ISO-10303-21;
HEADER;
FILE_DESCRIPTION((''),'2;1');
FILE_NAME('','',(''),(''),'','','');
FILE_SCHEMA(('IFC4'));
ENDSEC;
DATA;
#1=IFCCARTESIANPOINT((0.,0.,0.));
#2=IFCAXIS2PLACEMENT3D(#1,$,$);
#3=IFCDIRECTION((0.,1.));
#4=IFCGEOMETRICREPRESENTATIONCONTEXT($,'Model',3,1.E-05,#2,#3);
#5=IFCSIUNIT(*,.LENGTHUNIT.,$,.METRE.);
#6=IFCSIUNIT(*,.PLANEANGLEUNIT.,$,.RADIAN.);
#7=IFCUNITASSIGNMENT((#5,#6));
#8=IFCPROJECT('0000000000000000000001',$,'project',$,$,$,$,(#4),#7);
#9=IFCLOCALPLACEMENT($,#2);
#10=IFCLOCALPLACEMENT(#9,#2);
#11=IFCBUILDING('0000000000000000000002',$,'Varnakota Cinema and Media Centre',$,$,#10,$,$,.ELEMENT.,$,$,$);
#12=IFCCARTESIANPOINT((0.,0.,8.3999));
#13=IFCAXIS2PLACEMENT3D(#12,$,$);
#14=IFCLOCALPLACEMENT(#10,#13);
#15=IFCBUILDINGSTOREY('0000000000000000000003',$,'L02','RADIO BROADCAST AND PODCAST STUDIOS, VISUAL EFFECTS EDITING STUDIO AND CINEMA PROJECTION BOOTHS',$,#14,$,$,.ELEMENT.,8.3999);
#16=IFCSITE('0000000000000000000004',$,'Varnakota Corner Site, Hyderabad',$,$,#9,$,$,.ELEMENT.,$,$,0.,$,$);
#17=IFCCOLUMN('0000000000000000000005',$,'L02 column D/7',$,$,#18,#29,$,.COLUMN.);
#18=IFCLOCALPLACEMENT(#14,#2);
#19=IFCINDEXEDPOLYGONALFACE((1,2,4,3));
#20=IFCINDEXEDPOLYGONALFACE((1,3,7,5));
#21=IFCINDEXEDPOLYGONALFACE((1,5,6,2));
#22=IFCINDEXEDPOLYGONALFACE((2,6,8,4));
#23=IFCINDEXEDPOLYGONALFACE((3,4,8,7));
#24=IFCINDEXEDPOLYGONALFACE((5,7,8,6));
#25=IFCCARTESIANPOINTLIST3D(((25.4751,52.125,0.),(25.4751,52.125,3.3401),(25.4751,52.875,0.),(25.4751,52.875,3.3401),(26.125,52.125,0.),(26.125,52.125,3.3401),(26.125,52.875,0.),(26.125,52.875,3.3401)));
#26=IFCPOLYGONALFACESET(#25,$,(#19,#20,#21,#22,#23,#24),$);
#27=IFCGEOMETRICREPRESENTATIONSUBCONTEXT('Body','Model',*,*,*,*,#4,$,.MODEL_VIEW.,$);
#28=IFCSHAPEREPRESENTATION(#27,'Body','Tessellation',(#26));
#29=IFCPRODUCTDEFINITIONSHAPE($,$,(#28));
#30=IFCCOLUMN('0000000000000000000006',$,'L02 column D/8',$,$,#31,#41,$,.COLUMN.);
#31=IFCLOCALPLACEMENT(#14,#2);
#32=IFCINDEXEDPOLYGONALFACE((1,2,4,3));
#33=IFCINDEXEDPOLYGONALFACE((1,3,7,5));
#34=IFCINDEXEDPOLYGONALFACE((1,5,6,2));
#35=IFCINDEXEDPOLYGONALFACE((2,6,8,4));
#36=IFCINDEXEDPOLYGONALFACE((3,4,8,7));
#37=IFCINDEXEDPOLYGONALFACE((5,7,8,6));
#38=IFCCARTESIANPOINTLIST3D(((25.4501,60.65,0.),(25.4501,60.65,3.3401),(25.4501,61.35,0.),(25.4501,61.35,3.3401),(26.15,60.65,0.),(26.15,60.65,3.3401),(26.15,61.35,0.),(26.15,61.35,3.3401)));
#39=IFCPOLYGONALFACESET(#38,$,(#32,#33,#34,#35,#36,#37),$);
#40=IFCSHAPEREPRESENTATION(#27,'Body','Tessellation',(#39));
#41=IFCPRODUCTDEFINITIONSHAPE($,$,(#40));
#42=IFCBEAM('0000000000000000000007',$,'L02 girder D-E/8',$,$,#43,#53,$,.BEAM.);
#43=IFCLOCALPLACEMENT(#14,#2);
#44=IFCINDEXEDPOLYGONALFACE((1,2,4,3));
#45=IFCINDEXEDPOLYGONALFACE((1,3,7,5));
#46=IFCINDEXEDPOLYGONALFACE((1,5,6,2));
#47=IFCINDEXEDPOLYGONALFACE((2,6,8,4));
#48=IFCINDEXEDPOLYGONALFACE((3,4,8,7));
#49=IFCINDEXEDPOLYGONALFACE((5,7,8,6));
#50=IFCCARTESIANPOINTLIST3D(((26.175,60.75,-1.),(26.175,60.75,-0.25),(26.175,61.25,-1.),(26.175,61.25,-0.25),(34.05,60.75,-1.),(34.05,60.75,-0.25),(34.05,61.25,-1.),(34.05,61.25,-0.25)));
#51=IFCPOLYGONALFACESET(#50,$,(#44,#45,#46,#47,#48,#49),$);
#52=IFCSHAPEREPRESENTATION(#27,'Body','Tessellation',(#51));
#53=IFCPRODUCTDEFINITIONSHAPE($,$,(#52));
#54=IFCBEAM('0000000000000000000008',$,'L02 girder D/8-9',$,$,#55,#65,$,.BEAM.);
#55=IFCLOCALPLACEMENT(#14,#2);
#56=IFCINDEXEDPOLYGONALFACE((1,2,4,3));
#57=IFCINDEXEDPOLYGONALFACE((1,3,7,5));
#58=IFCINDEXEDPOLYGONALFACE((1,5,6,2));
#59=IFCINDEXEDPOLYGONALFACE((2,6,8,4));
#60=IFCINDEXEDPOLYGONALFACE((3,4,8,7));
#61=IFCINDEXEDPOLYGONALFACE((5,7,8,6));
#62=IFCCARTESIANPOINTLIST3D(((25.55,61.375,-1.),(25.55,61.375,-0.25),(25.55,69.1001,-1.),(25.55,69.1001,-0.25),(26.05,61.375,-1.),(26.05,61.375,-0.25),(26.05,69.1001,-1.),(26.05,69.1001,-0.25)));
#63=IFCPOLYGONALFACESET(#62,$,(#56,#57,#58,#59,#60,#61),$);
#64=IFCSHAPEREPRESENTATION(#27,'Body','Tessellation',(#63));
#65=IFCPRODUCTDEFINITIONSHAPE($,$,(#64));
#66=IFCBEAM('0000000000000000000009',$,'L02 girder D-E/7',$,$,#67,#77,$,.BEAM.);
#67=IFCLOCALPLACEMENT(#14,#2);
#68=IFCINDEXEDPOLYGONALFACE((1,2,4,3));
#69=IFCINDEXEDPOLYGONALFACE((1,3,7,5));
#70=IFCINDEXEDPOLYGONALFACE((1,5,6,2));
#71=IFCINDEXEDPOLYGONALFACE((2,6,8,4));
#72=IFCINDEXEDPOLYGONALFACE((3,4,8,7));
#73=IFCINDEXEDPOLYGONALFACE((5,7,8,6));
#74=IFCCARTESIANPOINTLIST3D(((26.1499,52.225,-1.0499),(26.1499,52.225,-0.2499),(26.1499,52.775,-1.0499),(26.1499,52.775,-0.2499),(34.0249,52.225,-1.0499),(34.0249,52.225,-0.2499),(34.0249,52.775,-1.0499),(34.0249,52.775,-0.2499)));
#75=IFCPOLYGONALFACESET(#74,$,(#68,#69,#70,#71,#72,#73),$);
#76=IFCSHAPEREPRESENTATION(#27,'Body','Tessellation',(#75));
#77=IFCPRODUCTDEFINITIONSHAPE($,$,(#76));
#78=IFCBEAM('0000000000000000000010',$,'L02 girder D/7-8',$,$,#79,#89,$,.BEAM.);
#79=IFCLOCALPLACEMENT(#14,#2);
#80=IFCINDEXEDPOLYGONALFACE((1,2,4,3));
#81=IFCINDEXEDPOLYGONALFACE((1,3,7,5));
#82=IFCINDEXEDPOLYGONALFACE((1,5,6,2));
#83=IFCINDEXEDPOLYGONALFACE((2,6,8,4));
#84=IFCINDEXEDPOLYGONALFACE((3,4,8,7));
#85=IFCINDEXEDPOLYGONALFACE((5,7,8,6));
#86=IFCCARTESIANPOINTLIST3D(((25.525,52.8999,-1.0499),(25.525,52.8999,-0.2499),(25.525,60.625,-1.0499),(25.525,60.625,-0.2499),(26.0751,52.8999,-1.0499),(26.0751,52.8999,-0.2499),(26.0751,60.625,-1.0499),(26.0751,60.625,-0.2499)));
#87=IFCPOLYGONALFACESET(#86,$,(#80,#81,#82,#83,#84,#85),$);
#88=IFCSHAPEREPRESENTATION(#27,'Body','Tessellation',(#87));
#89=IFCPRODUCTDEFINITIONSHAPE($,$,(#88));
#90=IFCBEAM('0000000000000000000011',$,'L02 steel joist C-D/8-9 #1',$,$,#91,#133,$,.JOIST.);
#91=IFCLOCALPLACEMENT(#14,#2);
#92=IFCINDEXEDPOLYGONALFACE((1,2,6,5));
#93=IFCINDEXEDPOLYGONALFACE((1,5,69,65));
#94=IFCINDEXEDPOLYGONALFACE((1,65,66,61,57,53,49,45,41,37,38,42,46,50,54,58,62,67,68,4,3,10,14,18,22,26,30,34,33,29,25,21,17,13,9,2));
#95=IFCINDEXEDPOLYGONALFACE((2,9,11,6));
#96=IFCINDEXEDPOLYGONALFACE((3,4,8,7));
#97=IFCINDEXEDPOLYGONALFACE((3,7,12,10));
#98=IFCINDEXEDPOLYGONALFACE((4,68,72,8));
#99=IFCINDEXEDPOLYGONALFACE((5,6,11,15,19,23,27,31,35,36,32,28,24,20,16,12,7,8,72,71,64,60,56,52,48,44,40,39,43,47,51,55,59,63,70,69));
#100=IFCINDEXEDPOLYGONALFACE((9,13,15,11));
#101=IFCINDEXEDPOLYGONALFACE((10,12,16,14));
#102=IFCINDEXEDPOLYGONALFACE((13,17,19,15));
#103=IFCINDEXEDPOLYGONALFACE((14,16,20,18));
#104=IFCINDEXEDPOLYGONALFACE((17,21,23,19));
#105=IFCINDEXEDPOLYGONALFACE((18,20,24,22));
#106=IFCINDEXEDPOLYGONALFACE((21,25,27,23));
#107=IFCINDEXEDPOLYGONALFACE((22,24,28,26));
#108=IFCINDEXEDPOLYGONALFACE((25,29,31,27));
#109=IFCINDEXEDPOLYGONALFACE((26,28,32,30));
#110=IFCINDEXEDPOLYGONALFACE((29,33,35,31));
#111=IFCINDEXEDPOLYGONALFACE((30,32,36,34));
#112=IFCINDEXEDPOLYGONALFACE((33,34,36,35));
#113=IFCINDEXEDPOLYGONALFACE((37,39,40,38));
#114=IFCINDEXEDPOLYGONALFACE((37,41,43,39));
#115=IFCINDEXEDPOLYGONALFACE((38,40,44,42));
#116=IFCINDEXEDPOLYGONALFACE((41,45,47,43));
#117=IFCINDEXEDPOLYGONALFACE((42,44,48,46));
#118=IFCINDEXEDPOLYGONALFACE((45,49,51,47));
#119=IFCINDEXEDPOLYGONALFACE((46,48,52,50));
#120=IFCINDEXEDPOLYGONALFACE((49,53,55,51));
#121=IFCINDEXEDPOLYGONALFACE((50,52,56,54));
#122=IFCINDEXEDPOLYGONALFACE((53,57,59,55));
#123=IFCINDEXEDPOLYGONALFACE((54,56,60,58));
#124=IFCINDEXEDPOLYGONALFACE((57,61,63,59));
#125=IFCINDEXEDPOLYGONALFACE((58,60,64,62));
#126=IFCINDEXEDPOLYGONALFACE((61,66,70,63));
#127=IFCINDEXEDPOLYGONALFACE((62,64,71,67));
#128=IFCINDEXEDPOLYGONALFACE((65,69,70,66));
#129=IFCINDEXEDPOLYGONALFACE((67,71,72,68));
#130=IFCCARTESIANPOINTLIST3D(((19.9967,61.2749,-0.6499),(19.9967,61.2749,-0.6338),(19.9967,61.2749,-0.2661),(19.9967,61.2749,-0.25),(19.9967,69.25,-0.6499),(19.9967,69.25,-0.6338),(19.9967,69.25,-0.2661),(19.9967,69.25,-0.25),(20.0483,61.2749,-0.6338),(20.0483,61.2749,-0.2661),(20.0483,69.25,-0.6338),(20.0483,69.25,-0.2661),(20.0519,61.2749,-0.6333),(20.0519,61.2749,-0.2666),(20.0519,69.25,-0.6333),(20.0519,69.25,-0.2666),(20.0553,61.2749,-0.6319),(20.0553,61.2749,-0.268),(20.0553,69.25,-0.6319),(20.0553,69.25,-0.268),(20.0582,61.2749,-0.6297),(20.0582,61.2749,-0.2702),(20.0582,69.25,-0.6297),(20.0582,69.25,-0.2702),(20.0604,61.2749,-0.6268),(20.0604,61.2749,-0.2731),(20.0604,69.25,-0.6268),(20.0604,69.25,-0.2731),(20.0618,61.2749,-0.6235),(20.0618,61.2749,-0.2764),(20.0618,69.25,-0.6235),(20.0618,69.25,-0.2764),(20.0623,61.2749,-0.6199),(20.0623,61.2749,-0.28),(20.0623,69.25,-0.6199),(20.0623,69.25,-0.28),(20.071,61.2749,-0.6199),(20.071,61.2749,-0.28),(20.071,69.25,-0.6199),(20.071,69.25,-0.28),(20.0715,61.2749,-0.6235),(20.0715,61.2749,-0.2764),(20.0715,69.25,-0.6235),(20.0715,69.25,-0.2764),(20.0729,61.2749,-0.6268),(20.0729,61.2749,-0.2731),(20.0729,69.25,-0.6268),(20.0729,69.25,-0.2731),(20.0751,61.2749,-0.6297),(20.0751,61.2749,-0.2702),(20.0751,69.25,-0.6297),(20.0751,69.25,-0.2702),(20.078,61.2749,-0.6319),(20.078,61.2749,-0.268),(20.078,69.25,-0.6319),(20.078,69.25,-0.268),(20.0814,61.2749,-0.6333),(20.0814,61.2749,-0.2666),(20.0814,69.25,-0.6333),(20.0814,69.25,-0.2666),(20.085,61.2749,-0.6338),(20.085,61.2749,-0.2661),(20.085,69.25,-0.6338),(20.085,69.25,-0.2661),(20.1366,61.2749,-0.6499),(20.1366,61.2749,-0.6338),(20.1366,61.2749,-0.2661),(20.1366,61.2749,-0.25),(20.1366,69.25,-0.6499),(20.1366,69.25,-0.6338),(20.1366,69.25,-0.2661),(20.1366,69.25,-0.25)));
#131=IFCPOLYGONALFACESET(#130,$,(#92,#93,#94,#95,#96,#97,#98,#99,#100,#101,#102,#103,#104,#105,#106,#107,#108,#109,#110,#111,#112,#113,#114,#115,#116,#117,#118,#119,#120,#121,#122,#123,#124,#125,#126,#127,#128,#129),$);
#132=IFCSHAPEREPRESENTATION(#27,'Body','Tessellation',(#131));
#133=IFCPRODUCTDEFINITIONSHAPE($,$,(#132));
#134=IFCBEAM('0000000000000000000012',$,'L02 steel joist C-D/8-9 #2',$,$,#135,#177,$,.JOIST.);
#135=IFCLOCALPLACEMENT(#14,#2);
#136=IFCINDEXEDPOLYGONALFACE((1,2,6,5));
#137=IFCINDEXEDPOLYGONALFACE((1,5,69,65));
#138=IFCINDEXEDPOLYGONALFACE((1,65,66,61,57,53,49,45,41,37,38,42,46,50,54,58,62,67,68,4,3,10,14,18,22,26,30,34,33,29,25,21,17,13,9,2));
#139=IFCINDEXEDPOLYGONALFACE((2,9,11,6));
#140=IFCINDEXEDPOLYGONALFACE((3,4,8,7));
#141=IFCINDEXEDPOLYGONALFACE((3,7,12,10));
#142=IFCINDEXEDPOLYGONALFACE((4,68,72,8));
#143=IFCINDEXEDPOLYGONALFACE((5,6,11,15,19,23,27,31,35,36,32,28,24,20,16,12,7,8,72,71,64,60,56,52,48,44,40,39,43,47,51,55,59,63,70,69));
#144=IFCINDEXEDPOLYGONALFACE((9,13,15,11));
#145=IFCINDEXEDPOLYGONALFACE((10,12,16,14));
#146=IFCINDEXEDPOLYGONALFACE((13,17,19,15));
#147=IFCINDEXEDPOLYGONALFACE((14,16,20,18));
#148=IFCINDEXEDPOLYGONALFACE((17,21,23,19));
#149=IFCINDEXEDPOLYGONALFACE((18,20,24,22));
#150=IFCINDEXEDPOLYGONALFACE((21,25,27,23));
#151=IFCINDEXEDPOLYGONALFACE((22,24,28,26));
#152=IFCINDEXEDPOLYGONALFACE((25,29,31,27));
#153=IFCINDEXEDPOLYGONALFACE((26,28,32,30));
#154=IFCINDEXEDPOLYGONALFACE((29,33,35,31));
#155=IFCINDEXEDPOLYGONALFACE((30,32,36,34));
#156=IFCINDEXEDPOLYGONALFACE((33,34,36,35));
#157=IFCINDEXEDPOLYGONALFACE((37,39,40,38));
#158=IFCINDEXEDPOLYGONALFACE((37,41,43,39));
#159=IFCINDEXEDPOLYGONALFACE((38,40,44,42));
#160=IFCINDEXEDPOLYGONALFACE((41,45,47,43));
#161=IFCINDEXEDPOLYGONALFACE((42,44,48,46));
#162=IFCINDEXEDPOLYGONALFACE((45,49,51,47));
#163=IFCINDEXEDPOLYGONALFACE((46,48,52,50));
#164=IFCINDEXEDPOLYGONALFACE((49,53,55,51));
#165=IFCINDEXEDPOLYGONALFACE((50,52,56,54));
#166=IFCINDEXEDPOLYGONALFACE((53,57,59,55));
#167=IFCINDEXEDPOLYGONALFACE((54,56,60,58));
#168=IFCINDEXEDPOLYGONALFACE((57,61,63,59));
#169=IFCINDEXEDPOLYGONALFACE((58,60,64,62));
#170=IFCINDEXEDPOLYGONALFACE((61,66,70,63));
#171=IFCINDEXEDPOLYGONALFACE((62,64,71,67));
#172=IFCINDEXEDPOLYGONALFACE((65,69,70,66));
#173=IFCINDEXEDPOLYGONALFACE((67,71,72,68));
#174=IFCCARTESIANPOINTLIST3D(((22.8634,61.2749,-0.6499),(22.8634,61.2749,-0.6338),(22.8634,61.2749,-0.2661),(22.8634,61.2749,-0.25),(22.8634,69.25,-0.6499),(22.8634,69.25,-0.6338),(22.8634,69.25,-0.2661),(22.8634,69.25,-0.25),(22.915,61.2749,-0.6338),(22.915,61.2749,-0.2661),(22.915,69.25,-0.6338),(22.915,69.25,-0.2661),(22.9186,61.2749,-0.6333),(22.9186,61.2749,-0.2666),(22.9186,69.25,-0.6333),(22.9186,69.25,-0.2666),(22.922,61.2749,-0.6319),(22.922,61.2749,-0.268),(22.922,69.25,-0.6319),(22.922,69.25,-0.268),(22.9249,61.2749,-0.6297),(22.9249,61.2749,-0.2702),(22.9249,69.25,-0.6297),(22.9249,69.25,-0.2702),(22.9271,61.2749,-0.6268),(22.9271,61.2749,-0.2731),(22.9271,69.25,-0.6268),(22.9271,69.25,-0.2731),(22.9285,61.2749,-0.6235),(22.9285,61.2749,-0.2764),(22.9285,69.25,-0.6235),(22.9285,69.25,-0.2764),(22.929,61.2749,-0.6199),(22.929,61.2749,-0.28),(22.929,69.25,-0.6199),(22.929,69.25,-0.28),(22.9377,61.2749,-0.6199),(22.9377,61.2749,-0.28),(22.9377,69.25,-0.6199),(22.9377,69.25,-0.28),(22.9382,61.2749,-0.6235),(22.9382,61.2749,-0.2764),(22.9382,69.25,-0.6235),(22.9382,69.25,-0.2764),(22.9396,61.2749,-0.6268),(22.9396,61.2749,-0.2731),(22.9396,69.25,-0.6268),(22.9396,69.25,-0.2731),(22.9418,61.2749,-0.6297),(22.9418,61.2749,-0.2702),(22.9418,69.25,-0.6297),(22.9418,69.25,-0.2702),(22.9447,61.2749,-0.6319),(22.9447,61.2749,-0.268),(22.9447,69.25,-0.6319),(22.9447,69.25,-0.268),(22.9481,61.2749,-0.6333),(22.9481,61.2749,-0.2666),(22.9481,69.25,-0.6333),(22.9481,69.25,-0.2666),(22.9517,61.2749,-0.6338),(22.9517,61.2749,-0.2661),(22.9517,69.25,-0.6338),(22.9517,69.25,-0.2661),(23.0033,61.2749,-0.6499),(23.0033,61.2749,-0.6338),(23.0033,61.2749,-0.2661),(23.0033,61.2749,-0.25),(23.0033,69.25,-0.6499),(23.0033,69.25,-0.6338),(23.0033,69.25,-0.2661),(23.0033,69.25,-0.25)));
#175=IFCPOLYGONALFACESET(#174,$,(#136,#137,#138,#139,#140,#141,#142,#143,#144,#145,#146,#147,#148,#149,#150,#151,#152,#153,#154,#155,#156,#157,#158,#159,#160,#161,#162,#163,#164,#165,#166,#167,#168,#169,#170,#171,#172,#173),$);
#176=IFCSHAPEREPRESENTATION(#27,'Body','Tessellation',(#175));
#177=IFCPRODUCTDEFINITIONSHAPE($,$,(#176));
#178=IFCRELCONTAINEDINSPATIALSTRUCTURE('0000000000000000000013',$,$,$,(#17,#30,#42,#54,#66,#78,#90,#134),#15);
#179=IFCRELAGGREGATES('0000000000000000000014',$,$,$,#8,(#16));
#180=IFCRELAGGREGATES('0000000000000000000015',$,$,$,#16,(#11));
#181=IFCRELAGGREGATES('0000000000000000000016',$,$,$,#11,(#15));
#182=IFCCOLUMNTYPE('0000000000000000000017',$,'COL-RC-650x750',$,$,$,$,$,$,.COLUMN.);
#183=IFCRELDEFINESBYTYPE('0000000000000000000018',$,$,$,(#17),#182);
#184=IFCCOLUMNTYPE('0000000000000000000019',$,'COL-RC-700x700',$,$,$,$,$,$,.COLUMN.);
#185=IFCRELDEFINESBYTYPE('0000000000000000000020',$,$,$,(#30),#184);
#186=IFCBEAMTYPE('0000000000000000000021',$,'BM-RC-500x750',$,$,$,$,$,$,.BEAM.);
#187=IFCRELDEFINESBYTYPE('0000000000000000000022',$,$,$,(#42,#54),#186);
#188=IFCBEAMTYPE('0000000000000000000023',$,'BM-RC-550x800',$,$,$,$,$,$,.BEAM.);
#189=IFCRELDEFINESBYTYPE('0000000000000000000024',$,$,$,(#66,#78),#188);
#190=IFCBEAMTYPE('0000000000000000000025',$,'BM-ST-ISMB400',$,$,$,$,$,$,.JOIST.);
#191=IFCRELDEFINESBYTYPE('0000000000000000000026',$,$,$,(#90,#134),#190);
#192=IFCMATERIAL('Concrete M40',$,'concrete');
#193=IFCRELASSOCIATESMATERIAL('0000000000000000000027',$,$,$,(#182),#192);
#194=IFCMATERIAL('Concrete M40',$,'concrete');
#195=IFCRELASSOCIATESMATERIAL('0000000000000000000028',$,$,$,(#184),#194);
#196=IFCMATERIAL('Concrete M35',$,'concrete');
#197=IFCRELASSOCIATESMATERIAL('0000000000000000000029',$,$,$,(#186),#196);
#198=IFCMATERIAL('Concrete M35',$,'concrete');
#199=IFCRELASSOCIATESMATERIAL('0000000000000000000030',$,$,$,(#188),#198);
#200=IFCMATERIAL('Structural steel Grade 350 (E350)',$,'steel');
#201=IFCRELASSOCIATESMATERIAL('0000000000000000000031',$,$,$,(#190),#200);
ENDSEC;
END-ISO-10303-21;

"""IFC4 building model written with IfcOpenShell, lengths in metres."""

from ifc_helpers import new_model, si_unit, direction, frame, origin, origin_2d, place, context, subcontext, project, spatial, rectangle, i_section, extrude, material, material_profile, profile_set, type_object, element, save


model = new_model("IFC4")

# Units and contexts
model_context = context("Model", 3, precision=1e-05, world=origin(), true_north=direction((0.0, 1.0)))
body_context = subcontext(model_context, "Body", "Model", "MODEL_VIEW")
ifc_project = project(units=[si_unit("LENGTHUNIT", "METRE"), si_unit("PLANEANGLEUNIT", "RADIAN")], contexts=[model_context])

# Site, building, storey
site_placement = place(None, origin())
site = spatial("IfcSite", under=ifc_project, at=site_placement, Name="Varnakota Corner Site, Hyderabad", CompositionType="ELEMENT", RefElevation=0.0)
building_placement = place(site_placement, origin())
building = spatial("IfcBuilding", under=site, at=building_placement, Name="Varnakota Cinema and Media Centre", CompositionType="ELEMENT")
storey_placement = place(building_placement, frame((0.0, 0.0, 8.3999)))
storey = spatial("IfcBuildingStorey", under=building, at=storey_placement, Name="L02", Description="RADIO BROADCAST AND PODCAST STUDIOS, VISUAL EFFECTS EDITING STUDIO AND CINEMA PROJECTION BOOTHS", CompositionType="ELEMENT", Elevation=8.3999)

# Columns
ifc_material_1 = material(Name="Concrete M40", Category="concrete")
ifc_material_profile_1 = material_profile(ifc_material_1, rectangle(XDim=0.6499, YDim=0.75, at=origin_2d()), Name="RC 650x750")
ifc_profile_set_1 = profile_set([ifc_material_profile_1], Name="Concrete M40")
column_type_1 = type_object("IfcColumnType", Name="COL-RC-650x750", PredefinedType="COLUMN", material=ifc_profile_set_1)
column_1_placement = place(storey_placement, frame((25.8, 52.5, 0.0), z_axis=(0.0, 0.0, 1.0), x_axis=(1.0, 0.0, 0.0)))
element("IfcColumn", 1, at=column_1_placement, inside=storey, type_object=column_type_1, Name="L02 column D/7", PredefinedType="COLUMN", context=body_context, shape_type="SweptSolid", body=[
    extrude(rectangle(XDim=0.6499, YDim=0.75, at=origin_2d()), origin(), (0.0, 0.0, 1.0), 3.3401),
])
ifc_material_2 = material(Name="Concrete M40", Category="concrete")
ifc_material_profile_2 = material_profile(ifc_material_2, rectangle(XDim=0.7, YDim=0.7, at=origin_2d()), Name="RC 700x700")
ifc_profile_set_2 = profile_set([ifc_material_profile_2], Name="Concrete M40")
column_type_2 = type_object("IfcColumnType", Name="COL-RC-700x700", PredefinedType="COLUMN", material=ifc_profile_set_2)
column_2_placement = place(storey_placement, frame((25.8, 61.0, 0.0), z_axis=(0.0, 0.0, 1.0), x_axis=(1.0, 0.0, 0.0)))
element("IfcColumn", 2, at=column_2_placement, inside=storey, type_object=column_type_2, Name="L02 column D/8", PredefinedType="COLUMN", context=body_context, shape_type="SweptSolid", body=[
    extrude(rectangle(XDim=0.7, YDim=0.7, at=origin_2d()), origin(), (0.0, 0.0, 1.0), 3.3401),
])

# Beams
ifc_material_3 = material(Name="Concrete M35", Category="concrete")
ifc_material_profile_3 = material_profile(ifc_material_3, rectangle(XDim=0.5, YDim=0.75, at=origin_2d()), Name="RCB 500x750")
ifc_profile_set_3 = profile_set([ifc_material_profile_3], Name="Concrete M35")
beam_type_1 = type_object("IfcBeamType", Name="BM-RC-500x750", PredefinedType="BEAM", material=ifc_profile_set_3)
beam_1_placement = place(storey_placement, frame((26.175, 61.0, -0.625), z_axis=(1.0, 0.0, 0.0), x_axis=(0.0, 1.0, 0.0)))
element("IfcBeam", 3, at=beam_1_placement, inside=storey, type_object=beam_type_1, Name="L02 girder D-E/8", PredefinedType="BEAM", context=body_context, shape_type="SweptSolid", body=[
    extrude(rectangle(XDim=0.5, YDim=0.75, at=origin_2d()), origin(), (0.0, 0.0, 1.0), 7.875),
])
beam_2_placement = place(storey_placement, frame((25.8, 61.375, -0.625), z_axis=(0.0, 1.0, 0.0), x_axis=(-1.0, 0.0, 0.0)))
element("IfcBeam", 4, at=beam_2_placement, inside=storey, type_object=beam_type_1, Name="L02 girder D/8-9", PredefinedType="BEAM", context=body_context, shape_type="SweptSolid", body=[
    extrude(rectangle(XDim=0.5, YDim=0.75, at=origin_2d()), origin(), (0.0, 0.0, 1.0), 7.7251),
])
ifc_material_4 = material(Name="Concrete M35", Category="concrete")
ifc_material_profile_4 = material_profile(ifc_material_4, rectangle(XDim=0.55, YDim=0.8, at=origin_2d()), Name="RCB 550x800")
ifc_profile_set_4 = profile_set([ifc_material_profile_4], Name="Concrete M35")
beam_type_2 = type_object("IfcBeamType", Name="BM-RC-550x800", PredefinedType="BEAM", material=ifc_profile_set_4)
beam_3_placement = place(storey_placement, frame((26.1499, 52.5, -0.6499), z_axis=(1.0, 0.0, 0.0), x_axis=(0.0, 1.0, 0.0)))
element("IfcBeam", 5, at=beam_3_placement, inside=storey, type_object=beam_type_2, Name="L02 girder D-E/7", PredefinedType="BEAM", context=body_context, shape_type="SweptSolid", body=[
    extrude(rectangle(XDim=0.55, YDim=0.8, at=origin_2d()), origin(), (0.0, 0.0, 1.0), 7.875),
])
beam_4_placement = place(storey_placement, frame((25.8, 52.8999, -0.6499), z_axis=(0.0, 1.0, 0.0), x_axis=(-1.0, 0.0, 0.0)))
element("IfcBeam", 6, at=beam_4_placement, inside=storey, type_object=beam_type_2, Name="L02 girder D/7-8", PredefinedType="BEAM", context=body_context, shape_type="SweptSolid", body=[
    extrude(rectangle(XDim=0.55, YDim=0.8, at=origin_2d()), origin(), (0.0, 0.0, 1.0), 7.7251),
])
ifc_material_5 = material(Name="Structural steel Grade 350 (E350)", Category="steel")
ifc_material_profile_5 = material_profile(ifc_material_5, i_section(OverallWidth=0.1399, OverallDepth=0.3999, WebThickness=0.0088, FlangeThickness=0.0161, FilletRadius=0.0139, at=origin_2d()), Name="ISMB 400")
ifc_profile_set_5 = profile_set([ifc_material_profile_5], Name="Structural steel Grade 350 (E350)")
beam_type_3 = type_object("IfcBeamType", Name="BM-ST-ISMB400", PredefinedType="JOIST", material=ifc_profile_set_5)
for number, where, z_axis, x_axis, name in (
    (7, (20.0667, 61.2749, -0.45), (0.0, 1.0, 0.0), (-1.0, 0.0, 0.0), "L02 steel joist C-D/8-9 #1"),
    (8, (22.9333, 61.2749, -0.45), (0.0, 1.0, 0.0), (-1.0, 0.0, 0.0), "L02 steel joist C-D/8-9 #2"),
):
    element("IfcBeam", number, at=place(storey_placement, frame(where, z_axis=z_axis, x_axis=x_axis)), inside=storey, type_object=beam_type_3, Name=name, PredefinedType="JOIST", context=body_context, shape_type="SweptSolid", body=[
        extrude(i_section(OverallWidth=0.1399, OverallDepth=0.3999, WebThickness=0.0088, FlangeThickness=0.0161, FilletRadius=0.0139, at=origin_2d()), origin(), (0.0, 0.0, 1.0), 7.9751),
    ])

save(model, "model.ifc")
